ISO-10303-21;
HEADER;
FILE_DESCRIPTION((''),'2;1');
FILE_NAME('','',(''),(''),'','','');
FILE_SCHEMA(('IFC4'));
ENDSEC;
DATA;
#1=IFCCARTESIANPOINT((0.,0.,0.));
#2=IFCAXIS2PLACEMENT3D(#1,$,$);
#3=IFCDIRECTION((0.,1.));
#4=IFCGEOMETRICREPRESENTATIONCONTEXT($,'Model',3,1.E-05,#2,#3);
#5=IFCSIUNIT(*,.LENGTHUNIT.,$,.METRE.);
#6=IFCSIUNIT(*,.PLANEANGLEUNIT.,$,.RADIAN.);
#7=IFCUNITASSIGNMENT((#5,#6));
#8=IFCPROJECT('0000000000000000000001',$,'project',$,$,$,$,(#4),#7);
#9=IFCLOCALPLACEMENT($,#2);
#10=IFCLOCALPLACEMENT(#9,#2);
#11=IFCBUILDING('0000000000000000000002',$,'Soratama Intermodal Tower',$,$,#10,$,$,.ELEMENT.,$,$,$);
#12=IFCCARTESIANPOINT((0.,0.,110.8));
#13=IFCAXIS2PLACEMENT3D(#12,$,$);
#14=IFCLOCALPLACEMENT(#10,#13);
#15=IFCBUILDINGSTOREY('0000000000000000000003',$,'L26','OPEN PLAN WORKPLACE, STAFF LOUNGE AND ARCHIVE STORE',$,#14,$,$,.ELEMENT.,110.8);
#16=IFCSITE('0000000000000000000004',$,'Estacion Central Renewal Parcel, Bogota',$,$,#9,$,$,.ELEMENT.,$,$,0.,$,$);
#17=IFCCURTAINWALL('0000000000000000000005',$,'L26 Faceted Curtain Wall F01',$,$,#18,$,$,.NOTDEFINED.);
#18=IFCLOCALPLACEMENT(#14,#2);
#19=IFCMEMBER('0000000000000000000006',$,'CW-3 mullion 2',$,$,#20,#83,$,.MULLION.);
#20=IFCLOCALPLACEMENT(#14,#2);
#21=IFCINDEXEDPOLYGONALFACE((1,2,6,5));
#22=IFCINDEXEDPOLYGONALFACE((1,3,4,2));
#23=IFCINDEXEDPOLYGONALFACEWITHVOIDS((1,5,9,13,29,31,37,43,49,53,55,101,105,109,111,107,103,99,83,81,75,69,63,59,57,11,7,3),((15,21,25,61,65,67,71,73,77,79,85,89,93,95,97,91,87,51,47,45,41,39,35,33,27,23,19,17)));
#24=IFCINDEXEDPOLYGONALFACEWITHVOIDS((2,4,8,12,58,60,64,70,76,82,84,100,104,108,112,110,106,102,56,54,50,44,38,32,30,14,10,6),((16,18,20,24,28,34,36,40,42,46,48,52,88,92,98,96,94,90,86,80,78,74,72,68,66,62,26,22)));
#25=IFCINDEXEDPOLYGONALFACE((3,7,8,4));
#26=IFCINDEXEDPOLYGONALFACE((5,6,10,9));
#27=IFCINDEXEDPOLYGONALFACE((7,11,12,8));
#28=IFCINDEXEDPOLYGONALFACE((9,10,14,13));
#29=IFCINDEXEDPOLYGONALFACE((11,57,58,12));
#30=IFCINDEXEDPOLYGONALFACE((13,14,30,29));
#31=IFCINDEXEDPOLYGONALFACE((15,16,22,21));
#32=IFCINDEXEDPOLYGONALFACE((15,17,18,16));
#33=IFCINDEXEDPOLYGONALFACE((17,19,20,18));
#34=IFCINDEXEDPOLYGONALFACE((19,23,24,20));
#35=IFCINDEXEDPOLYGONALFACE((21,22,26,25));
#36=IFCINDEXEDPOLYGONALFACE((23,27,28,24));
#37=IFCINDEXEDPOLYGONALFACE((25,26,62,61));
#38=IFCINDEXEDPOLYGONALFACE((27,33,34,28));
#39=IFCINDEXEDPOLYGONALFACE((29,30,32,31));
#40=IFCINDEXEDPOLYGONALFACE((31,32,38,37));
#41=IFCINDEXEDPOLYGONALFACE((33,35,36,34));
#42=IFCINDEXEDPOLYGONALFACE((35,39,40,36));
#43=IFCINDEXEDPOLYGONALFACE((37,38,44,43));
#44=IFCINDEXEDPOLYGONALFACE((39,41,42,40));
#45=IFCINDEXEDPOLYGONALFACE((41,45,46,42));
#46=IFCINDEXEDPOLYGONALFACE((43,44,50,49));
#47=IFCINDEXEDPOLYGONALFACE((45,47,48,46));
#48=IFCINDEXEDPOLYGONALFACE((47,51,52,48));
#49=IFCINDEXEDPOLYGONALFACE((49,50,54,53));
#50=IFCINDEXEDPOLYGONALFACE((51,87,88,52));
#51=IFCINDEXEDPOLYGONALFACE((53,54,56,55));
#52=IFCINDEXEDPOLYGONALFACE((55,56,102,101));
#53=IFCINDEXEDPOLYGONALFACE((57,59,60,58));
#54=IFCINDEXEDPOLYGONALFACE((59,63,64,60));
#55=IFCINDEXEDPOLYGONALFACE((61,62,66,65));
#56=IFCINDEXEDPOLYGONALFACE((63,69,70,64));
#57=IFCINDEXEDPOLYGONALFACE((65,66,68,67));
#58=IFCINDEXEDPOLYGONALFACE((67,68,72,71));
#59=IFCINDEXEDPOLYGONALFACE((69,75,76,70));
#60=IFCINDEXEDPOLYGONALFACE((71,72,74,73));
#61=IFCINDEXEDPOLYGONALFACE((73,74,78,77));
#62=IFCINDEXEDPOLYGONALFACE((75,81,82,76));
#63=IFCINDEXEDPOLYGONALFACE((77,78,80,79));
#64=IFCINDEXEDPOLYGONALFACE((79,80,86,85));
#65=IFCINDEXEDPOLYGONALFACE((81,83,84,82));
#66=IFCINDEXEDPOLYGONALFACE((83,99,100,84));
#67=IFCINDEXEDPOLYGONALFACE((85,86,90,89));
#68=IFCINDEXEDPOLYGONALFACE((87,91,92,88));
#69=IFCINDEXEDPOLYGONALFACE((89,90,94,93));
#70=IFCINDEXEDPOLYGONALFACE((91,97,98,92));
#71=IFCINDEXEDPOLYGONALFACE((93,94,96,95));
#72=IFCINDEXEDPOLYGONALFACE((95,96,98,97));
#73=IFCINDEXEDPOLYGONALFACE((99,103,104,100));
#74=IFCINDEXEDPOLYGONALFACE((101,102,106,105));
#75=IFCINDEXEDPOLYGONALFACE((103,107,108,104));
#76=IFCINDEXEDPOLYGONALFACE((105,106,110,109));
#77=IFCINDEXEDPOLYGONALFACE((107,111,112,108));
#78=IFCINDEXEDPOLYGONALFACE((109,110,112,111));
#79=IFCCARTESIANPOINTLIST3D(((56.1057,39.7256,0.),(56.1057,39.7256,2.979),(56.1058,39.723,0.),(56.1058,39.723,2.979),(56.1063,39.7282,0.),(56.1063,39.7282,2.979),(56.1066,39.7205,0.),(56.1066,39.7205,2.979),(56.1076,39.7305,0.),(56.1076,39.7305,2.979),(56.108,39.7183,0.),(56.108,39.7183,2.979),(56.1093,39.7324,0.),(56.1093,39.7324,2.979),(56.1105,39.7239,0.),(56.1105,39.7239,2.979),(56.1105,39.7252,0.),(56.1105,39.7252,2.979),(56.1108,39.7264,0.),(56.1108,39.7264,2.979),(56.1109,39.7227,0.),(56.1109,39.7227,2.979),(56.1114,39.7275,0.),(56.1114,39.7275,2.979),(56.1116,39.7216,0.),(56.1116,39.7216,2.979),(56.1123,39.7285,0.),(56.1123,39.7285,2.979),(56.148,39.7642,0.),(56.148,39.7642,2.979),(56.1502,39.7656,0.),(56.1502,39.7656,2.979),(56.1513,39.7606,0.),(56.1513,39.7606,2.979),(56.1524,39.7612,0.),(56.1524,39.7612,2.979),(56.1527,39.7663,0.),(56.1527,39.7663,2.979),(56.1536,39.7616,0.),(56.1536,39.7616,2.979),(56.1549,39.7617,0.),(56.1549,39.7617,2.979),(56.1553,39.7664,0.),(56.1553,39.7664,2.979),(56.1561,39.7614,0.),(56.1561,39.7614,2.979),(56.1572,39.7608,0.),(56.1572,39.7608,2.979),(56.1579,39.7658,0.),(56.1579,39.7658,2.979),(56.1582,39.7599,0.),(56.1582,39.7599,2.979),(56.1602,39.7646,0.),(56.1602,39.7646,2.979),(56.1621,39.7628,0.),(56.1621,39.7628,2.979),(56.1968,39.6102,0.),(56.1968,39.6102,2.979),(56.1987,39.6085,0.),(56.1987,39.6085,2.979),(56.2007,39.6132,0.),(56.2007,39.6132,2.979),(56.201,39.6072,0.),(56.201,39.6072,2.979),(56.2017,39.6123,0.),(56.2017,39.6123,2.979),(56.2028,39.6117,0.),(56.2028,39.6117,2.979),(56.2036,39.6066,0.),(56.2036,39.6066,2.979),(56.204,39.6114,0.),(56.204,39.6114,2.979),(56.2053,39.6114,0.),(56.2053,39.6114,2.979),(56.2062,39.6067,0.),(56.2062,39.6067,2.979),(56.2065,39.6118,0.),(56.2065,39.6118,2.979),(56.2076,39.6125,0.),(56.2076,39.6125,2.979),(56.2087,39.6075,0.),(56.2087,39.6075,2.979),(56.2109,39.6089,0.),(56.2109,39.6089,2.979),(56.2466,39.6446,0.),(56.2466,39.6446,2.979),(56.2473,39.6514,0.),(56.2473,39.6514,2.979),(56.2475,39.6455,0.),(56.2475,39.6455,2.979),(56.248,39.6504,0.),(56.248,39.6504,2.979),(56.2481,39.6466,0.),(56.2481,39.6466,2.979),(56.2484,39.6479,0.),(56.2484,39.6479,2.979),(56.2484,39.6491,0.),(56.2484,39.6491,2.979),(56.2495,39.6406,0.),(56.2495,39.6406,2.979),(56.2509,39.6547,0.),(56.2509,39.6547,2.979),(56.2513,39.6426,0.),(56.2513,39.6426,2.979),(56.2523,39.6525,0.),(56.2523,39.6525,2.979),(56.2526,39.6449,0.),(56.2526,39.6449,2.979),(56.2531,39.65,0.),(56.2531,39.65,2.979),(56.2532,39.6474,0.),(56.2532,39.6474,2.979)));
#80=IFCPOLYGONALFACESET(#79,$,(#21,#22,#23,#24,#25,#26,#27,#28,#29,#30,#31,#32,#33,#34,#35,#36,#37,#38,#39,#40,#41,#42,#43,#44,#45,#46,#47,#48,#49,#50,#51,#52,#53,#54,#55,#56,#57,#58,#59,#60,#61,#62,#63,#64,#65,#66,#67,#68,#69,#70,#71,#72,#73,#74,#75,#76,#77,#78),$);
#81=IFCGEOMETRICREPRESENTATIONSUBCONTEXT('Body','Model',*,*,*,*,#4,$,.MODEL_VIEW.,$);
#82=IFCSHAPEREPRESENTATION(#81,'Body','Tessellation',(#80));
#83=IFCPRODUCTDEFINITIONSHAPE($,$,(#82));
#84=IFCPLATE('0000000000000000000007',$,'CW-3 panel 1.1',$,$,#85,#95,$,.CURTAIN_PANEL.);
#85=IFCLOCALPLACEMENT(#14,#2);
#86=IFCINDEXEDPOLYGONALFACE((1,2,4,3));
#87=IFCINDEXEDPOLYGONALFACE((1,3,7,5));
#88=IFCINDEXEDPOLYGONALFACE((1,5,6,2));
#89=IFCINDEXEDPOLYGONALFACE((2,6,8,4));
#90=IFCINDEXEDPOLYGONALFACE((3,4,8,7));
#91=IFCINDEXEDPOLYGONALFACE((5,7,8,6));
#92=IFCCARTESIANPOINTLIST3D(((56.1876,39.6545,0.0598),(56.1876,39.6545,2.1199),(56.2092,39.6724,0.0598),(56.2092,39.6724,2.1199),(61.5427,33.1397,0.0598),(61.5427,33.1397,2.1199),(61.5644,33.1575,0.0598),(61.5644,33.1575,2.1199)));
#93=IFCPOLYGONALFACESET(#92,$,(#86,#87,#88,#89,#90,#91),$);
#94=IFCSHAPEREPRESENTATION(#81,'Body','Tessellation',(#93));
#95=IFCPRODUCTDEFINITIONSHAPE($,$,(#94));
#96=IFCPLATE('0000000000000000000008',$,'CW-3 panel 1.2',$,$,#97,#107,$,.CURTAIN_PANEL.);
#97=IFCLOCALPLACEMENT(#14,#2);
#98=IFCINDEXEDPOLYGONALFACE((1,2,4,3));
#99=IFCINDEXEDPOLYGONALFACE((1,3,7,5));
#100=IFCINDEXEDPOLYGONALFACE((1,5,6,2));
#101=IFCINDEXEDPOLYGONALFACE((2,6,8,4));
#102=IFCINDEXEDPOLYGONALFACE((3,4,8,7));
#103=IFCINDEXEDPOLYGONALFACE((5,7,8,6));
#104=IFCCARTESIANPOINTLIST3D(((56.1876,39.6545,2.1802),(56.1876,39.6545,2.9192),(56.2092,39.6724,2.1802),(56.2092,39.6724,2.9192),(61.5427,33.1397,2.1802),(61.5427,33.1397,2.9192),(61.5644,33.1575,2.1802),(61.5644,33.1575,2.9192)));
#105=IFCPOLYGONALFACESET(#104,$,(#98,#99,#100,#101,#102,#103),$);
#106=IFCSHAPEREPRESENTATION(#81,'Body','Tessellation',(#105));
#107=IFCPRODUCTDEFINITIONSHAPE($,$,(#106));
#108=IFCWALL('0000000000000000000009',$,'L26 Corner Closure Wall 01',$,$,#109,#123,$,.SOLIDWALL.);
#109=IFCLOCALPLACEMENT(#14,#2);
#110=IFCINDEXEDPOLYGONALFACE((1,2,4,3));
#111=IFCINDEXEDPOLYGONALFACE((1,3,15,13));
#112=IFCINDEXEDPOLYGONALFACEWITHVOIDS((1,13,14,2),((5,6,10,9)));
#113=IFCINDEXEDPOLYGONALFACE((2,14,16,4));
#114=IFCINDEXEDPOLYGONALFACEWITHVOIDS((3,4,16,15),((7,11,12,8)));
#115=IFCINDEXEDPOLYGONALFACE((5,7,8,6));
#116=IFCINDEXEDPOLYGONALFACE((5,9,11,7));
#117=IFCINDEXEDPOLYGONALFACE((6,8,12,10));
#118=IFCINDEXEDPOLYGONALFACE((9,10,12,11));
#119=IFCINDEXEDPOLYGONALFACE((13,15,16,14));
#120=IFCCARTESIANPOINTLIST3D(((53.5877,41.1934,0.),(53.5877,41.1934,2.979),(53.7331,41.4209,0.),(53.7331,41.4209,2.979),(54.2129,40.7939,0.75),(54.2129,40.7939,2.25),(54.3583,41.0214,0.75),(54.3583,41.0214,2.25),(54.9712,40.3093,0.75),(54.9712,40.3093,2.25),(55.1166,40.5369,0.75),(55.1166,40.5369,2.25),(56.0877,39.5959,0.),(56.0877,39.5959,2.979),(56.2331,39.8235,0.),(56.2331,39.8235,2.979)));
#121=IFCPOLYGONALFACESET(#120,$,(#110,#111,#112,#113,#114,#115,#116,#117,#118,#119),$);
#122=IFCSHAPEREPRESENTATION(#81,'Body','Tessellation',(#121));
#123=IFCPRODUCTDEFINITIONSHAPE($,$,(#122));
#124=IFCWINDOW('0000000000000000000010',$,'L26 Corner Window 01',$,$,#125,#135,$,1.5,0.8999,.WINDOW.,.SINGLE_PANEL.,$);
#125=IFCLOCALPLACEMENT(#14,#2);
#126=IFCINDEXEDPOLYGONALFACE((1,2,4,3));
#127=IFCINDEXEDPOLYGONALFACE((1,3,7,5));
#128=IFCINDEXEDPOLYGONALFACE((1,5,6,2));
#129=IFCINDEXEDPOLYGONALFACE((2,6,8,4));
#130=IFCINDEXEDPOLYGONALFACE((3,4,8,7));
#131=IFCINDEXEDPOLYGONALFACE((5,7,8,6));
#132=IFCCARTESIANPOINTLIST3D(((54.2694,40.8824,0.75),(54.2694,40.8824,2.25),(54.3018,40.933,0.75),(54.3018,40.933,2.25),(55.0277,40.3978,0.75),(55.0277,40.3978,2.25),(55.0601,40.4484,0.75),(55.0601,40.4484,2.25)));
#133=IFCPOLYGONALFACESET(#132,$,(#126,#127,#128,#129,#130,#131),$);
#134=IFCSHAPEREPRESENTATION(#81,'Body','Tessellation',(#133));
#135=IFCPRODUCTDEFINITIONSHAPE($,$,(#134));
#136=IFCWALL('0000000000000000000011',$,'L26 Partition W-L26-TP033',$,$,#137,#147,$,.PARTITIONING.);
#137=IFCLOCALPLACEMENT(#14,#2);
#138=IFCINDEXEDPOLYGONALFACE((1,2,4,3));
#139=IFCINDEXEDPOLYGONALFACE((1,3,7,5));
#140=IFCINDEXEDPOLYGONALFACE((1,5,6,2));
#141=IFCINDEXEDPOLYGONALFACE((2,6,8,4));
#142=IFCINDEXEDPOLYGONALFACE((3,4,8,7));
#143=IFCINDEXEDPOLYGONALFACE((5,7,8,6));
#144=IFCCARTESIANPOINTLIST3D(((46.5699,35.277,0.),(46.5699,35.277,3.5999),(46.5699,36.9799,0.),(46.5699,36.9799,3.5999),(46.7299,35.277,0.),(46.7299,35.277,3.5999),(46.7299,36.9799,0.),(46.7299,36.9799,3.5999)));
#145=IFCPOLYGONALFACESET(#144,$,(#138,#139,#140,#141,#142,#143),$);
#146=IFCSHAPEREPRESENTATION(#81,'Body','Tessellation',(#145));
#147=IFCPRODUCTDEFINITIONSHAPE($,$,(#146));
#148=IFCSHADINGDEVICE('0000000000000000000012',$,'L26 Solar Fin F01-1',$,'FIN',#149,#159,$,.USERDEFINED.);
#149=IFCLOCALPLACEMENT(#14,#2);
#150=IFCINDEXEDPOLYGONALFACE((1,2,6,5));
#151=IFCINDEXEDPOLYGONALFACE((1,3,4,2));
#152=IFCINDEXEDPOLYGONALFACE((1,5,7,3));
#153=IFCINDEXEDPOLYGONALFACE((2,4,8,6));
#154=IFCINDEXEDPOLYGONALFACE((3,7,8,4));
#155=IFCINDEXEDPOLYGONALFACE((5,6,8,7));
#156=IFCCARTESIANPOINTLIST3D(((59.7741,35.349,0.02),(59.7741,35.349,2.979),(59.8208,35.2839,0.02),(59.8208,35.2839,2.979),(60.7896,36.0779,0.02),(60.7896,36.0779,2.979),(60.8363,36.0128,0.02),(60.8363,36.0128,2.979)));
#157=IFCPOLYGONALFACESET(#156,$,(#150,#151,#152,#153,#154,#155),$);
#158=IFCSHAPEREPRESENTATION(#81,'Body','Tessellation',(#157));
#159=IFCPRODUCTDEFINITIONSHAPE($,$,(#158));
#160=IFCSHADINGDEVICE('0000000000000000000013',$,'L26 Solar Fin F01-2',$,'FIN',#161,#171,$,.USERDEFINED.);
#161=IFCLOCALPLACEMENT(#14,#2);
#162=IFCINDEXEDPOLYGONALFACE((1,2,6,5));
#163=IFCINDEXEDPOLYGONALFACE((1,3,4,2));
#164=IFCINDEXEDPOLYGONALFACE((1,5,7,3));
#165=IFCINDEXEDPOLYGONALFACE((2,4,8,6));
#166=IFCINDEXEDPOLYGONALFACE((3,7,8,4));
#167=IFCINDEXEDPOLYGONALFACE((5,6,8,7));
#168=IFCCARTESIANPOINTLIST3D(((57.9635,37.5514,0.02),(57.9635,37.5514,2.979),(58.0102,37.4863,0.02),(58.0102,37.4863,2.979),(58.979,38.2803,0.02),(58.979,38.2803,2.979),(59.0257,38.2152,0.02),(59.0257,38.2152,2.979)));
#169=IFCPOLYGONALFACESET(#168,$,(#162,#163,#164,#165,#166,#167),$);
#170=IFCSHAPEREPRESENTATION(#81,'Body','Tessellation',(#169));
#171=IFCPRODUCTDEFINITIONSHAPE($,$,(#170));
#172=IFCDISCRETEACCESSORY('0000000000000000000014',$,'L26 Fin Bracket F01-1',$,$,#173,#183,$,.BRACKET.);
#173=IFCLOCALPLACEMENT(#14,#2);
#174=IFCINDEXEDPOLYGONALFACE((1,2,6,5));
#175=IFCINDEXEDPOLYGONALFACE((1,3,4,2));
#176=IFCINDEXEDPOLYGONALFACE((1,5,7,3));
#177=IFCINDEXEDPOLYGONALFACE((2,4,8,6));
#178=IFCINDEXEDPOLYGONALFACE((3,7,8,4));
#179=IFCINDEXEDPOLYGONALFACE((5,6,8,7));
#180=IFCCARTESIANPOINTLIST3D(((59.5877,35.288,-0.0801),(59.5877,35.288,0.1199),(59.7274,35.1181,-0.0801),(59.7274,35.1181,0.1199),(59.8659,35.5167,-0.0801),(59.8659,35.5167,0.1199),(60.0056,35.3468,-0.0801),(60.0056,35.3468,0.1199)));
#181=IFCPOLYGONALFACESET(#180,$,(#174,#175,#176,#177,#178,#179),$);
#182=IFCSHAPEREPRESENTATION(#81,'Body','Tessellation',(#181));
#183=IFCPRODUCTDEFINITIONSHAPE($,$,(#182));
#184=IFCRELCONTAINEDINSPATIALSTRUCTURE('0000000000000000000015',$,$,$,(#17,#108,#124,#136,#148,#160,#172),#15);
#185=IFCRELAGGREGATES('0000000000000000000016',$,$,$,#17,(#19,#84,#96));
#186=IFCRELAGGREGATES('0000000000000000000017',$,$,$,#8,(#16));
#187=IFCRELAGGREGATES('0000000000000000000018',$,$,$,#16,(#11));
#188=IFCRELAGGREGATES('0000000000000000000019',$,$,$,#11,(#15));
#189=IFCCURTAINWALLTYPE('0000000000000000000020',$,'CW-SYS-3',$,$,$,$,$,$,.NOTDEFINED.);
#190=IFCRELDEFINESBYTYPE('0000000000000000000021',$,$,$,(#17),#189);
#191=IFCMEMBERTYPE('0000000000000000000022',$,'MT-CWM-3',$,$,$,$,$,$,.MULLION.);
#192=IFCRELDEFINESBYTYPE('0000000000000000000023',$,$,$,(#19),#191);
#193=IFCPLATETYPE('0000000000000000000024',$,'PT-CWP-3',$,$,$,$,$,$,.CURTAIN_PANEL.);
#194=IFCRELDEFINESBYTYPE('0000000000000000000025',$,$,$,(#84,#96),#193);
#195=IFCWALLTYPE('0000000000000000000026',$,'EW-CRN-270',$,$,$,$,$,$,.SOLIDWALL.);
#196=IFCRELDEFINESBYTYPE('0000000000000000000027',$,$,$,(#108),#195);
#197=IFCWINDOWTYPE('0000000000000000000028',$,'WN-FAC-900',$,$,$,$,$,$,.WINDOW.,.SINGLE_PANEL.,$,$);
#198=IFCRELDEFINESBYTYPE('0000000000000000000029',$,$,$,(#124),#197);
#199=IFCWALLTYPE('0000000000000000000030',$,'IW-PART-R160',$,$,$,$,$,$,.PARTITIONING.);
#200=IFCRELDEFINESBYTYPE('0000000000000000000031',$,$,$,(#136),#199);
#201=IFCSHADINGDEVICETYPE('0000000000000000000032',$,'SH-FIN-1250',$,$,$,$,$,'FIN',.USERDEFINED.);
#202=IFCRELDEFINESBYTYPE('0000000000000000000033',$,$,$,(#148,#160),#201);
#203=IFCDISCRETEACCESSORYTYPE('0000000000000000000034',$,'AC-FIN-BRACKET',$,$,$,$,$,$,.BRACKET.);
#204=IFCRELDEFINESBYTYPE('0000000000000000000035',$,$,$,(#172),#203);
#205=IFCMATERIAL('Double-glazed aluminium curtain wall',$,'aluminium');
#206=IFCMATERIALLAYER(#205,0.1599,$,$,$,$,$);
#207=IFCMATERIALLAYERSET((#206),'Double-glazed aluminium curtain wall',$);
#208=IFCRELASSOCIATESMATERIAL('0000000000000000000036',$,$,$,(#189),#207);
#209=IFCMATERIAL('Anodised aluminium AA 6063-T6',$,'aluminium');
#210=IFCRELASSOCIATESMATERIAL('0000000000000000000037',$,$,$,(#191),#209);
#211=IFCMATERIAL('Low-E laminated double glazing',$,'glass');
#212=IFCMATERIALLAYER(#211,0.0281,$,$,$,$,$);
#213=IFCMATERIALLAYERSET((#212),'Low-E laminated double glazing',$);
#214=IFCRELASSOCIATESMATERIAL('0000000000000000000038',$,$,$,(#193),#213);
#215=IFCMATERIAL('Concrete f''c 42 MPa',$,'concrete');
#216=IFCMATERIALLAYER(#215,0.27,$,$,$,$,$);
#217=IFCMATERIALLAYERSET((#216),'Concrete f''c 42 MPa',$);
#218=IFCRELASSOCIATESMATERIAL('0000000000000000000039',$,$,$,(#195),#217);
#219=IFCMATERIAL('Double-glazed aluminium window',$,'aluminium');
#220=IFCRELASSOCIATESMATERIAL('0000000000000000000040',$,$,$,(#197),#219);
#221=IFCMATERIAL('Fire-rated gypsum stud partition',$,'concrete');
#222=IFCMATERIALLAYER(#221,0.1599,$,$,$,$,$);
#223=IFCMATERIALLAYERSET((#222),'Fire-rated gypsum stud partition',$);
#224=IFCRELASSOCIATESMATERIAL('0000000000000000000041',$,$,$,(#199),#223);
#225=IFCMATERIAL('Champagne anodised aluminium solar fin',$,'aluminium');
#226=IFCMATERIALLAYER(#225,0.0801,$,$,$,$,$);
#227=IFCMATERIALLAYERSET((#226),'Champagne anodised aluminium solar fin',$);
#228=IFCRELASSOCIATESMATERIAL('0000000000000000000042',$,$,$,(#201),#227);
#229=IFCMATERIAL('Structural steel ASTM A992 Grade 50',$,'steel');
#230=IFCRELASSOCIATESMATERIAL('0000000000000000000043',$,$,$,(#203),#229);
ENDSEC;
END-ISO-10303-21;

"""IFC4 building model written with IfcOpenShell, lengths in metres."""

from ifc_helpers import new_model, si_unit, direction, frame, frame_2d, origin, origin_2d, place, context, subcontext, project, spatial, rectangle, hollow_rectangle, extrude, material, layer, layer_set, material_profile, profile_set, type_object, element, fill, aggregate, save


model = new_model("IFC4")

# Units and contexts
model_context = context("Model", 3, precision=1e-05, world=origin(), true_north=direction((0.0, 1.0)))
body_context = subcontext(model_context, "Body", "Model", "MODEL_VIEW")
ifc_project = project(units=[si_unit("LENGTHUNIT", "METRE"), si_unit("PLANEANGLEUNIT", "RADIAN")], contexts=[model_context])

# Site, building, storey
site_placement = place(None, origin())
site = spatial("IfcSite", under=ifc_project, at=site_placement, Name="Estacion Central Renewal Parcel, Bogota", CompositionType="ELEMENT", RefElevation=0.0)
building_placement = place(site_placement, origin())
building = spatial("IfcBuilding", under=site, at=building_placement, Name="Soratama Intermodal Tower", CompositionType="ELEMENT")
storey_placement = place(building_placement, frame((0.0, 0.0, 110.8)))
storey = spatial("IfcBuildingStorey", under=building, at=storey_placement, Name="L26", Description="OPEN PLAN WORKPLACE, STAFF LOUNGE AND ARCHIVE STORE", CompositionType="ELEMENT", Elevation=110.8)

# Curtain wall, member, plates
ifc_material_1 = material(Name="Double-glazed aluminium curtain wall", Category="aluminium")
ifc_layer_1 = layer(ifc_material_1, 0.1599)
ifc_layer_set_1 = layer_set([ifc_layer_1], Name="Double-glazed aluminium curtain wall")
curtain_wall_type = type_object("IfcCurtainWallType", Name="CW-SYS-3", PredefinedType="NOTDEFINED", material=ifc_layer_set_1)
curtain_wall_placement = place(storey_placement, origin())
curtain_wall = element("IfcCurtainWall", 1, at=curtain_wall_placement, inside=storey, type_object=curtain_wall_type, Name="L26 Faceted Curtain Wall F01", PredefinedType="NOTDEFINED")
ifc_material_2 = material(Name="Anodised aluminium AA 6063-T6", Category="aluminium")
ifc_material_profile_1 = material_profile(ifc_material_2, hollow_rectangle(XDim=0.0701, YDim=0.1599, WallThickness=0.0049, InnerFilletRadius=0.0049, OuterFilletRadius=0.01, at=origin_2d()), Name="CWM160X70X5")
ifc_profile_set_1 = profile_set([ifc_material_profile_1], Name="Anodised aluminium AA 6063-T6")
member_type = type_object("IfcMemberType", Name="MT-CWM-3", PredefinedType="MULLION", material=ifc_profile_set_1)
member_placement = place(storey_placement, frame((56.1794, 39.6865, 0.0), z_axis=(0.0, 0.0, 1.0), x_axis=(-0.772513, -0.634998, 0.0)))
member = element("IfcMember", 2, at=member_placement, type_object=member_type, Name="CW-3 mullion 2", PredefinedType="MULLION", context=body_context, shape_type="SweptSolid", body=[
    extrude(hollow_rectangle(XDim=0.0701, YDim=0.1599, WallThickness=0.0049, InnerFilletRadius=0.0049, OuterFilletRadius=0.01, at=origin_2d()), origin(), (0.0, 0.0, 1.0), 2.979),
])
ifc_material_3 = material(Name="Low-E laminated double glazing", Category="glass")
ifc_layer_2 = layer(ifc_material_3, 0.0281)
ifc_layer_set_2 = layer_set([ifc_layer_2], Name="Low-E laminated double glazing")
plate_type = type_object("IfcPlateType", Name="PT-CWP-3", PredefinedType="CURTAIN_PANEL", material=ifc_layer_set_2)
plate_1_placement = place(storey_placement, frame((58.876, 36.406, 0.0598), z_axis=(0.0, 0.0, 1.0), x_axis=(-0.634998, 0.772513, 0.0)))
plate_1 = element("IfcPlate", 3, at=plate_1_placement, type_object=plate_type, Name="CW-3 panel 1.1", PredefinedType="CURTAIN_PANEL", context=body_context, shape_type="SweptSolid", body=[
    extrude(rectangle(XDim=8.4333, YDim=0.0281, at=origin_2d()), origin(), (0.0, 0.0, 1.0), 2.0601),
])
plate_2_placement = place(storey_placement, frame((58.876, 36.406, 2.1802), z_axis=(0.0, 0.0, 1.0), x_axis=(-0.634998, 0.772513, 0.0)))
plate_2 = element("IfcPlate", 4, at=plate_2_placement, type_object=plate_type, Name="CW-3 panel 1.2", PredefinedType="CURTAIN_PANEL", context=body_context, shape_type="SweptSolid", body=[
    extrude(rectangle(XDim=8.4333, YDim=0.0281, at=origin_2d()), origin(), (0.0, 0.0, 1.0), 0.739),
])
aggregate(curtain_wall, [member, plate_1, plate_2])

# Wall, opening, window
ifc_material_4 = material(Name="Concrete f'c 42 MPa", Category="concrete")
ifc_layer_3 = layer(ifc_material_4, 0.27)
ifc_layer_set_3 = layer_set([ifc_layer_3], Name="Concrete f'c 42 MPa")
wall_type_1 = type_object("IfcWallType", Name="EW-CRN-270", PredefinedType="SOLIDWALL", material=ifc_layer_set_3)
wall_1_placement = place(storey_placement, frame((56.1604, 39.7097, 0.0), z_axis=(0.0, 0.0, 1.0), x_axis=(-0.842667, 0.538435, 0.0)))
wall_1 = element("IfcWall", 5, at=wall_1_placement, inside=storey, type_object=wall_type_1, Name="L26 Corner Closure Wall 01", PredefinedType="SOLIDWALL", context=body_context, shape_type="SweptSolid", body=[
    extrude(rectangle(XDim=2.9668, YDim=0.27, at=frame_2d((1.4834, 0.0))), origin(), (0.0, 0.0, 1.0), 2.979),
])
opening_1_placement = place(wall_1_placement, frame((1.325, 0.0, 0.75)))
opening_1 = element("IfcOpeningElement", 6, at=opening_1_placement, cuts=wall_1, PredefinedType="OPENING", context=body_context, shape_type="SweptSolid", body=[
    extrude(rectangle(XDim=0.8999, YDim=1.5, at=frame_2d((0.45, 0.75))), frame((0.0, 0.145, 0.0), z_axis=(0.0, -1.0, 0.0), x_axis=(1.0, 0.0, 0.0)), (0.0, 0.0, 1.0), 0.29),
])
ifc_material_5 = material(Name="Double-glazed aluminium window", Category="aluminium")
window_type_1 = type_object("IfcWindowType", Name="WN-FAC-900", PartitioningType="SINGLE_PANEL", PredefinedType="WINDOW", material=ifc_material_5)
window_1_placement = place(opening_1_placement, origin())
window_1 = element("IfcWindow", 7, at=window_1_placement, inside=storey, type_object=window_type_1, Name="L26 Corner Window 01", OverallHeight=1.5, OverallWidth=0.8999, PartitioningType="SINGLE_PANEL", PredefinedType="WINDOW", context=body_context, shape_type="SweptSolid", body=[
    extrude(rectangle(XDim=0.8999, YDim=1.5, at=frame_2d((0.45, 0.75))), frame((0.0, 0.03, 0.0), z_axis=(0.0, -1.0, 0.0), x_axis=(1.0, 0.0, 0.0)), (0.0, 0.0, 1.0), 0.0601),
])
fill(opening_1, window_1)

# Shared definitions
ifc_material_6 = material(Name="Fire-rated gypsum stud partition", Category="concrete")
ifc_layer_4 = layer(ifc_material_6, 0.1599)
ifc_layer_set_4 = layer_set([ifc_layer_4], Name="Fire-rated gypsum stud partition")
wall_type_2 = type_object("IfcWallType", Name="IW-PART-R160", PredefinedType="PARTITIONING", material=ifc_layer_set_4)

# Wall
wall_2_placement = place(storey_placement, frame((46.6499, 36.98, 0.0), z_axis=(0.0, 0.0, 1.0), x_axis=(0.0, -1.0, 0.0)))
element("IfcWall", 8, at=wall_2_placement, inside=storey, type_object=wall_type_2, Name="L26 Partition W-L26-TP033", PredefinedType="PARTITIONING", context=body_context, shape_type="SweptSolid", body=[
    extrude(rectangle(XDim=1.7029, YDim=0.1599, at=frame_2d((0.8516, 0.0))), origin(), (0.0, 0.0, 1.0), 3.5999),
])

# Shading devices
ifc_material_7 = material(Name="Champagne anodised aluminium solar fin", Category="aluminium")
ifc_layer_5 = layer(ifc_material_7, 0.0801)
ifc_layer_set_5 = layer_set([ifc_layer_5], Name="Champagne anodised aluminium solar fin")
shading_device_type = type_object("IfcShadingDeviceType", Name="SH-FIN-1250", ElementType="FIN", PredefinedType="USERDEFINED", material=ifc_layer_set_5)
for number, where, z_axis, x_axis, name in (
    (9, (60.3052, 35.6809, 0.02), (0.0, 0.0, 1.0), (0.812389, 0.583116, 0.0), "L26 Solar Fin F01-1"),
    (10, (58.4946, 37.8833, 0.02), (0.0, 0.0, 1.0), (0.812389, 0.583116, 0.0), "L26 Solar Fin F01-2"),
):
    element("IfcShadingDevice", number, at=place(storey_placement, frame(where, z_axis=z_axis, x_axis=x_axis)), inside=storey, type_object=shading_device_type, Name=name, ObjectType="FIN", PredefinedType="USERDEFINED", context=body_context, shape_type="SweptSolid", body=[
        extrude(rectangle(XDim=1.25, YDim=0.0801, at=origin_2d()), origin(), (0.0, 0.0, 1.0), 2.959),
    ])

# Discrete accessory
ifc_material_8 = material(Name="Structural steel ASTM A992 Grade 50", Category="steel")
discrete_accessory_type_1 = type_object("IfcDiscreteAccessoryType", Name="AC-FIN-BRACKET", PredefinedType="BRACKET", material=ifc_material_8)
for number, where, z_axis, x_axis, name in (
    (11, (59.7966, 35.3174, -0.0801), (0.0, 0.0, 1.0), (0.772512, 0.635, 0.0), "L26 Fin Bracket F01-1"),
):
    element("IfcDiscreteAccessory", number, at=place(storey_placement, frame(where, z_axis=z_axis, x_axis=x_axis)), inside=storey, type_object=discrete_accessory_type_1, Name=name, PredefinedType="BRACKET", context=body_context, shape_type="SweptSolid", body=[
        extrude(rectangle(XDim=0.3601, YDim=0.22, at=origin_2d()), origin(), (0.0, 0.0, 1.0), 0.2),
    ])

save(model, "model.ifc")
